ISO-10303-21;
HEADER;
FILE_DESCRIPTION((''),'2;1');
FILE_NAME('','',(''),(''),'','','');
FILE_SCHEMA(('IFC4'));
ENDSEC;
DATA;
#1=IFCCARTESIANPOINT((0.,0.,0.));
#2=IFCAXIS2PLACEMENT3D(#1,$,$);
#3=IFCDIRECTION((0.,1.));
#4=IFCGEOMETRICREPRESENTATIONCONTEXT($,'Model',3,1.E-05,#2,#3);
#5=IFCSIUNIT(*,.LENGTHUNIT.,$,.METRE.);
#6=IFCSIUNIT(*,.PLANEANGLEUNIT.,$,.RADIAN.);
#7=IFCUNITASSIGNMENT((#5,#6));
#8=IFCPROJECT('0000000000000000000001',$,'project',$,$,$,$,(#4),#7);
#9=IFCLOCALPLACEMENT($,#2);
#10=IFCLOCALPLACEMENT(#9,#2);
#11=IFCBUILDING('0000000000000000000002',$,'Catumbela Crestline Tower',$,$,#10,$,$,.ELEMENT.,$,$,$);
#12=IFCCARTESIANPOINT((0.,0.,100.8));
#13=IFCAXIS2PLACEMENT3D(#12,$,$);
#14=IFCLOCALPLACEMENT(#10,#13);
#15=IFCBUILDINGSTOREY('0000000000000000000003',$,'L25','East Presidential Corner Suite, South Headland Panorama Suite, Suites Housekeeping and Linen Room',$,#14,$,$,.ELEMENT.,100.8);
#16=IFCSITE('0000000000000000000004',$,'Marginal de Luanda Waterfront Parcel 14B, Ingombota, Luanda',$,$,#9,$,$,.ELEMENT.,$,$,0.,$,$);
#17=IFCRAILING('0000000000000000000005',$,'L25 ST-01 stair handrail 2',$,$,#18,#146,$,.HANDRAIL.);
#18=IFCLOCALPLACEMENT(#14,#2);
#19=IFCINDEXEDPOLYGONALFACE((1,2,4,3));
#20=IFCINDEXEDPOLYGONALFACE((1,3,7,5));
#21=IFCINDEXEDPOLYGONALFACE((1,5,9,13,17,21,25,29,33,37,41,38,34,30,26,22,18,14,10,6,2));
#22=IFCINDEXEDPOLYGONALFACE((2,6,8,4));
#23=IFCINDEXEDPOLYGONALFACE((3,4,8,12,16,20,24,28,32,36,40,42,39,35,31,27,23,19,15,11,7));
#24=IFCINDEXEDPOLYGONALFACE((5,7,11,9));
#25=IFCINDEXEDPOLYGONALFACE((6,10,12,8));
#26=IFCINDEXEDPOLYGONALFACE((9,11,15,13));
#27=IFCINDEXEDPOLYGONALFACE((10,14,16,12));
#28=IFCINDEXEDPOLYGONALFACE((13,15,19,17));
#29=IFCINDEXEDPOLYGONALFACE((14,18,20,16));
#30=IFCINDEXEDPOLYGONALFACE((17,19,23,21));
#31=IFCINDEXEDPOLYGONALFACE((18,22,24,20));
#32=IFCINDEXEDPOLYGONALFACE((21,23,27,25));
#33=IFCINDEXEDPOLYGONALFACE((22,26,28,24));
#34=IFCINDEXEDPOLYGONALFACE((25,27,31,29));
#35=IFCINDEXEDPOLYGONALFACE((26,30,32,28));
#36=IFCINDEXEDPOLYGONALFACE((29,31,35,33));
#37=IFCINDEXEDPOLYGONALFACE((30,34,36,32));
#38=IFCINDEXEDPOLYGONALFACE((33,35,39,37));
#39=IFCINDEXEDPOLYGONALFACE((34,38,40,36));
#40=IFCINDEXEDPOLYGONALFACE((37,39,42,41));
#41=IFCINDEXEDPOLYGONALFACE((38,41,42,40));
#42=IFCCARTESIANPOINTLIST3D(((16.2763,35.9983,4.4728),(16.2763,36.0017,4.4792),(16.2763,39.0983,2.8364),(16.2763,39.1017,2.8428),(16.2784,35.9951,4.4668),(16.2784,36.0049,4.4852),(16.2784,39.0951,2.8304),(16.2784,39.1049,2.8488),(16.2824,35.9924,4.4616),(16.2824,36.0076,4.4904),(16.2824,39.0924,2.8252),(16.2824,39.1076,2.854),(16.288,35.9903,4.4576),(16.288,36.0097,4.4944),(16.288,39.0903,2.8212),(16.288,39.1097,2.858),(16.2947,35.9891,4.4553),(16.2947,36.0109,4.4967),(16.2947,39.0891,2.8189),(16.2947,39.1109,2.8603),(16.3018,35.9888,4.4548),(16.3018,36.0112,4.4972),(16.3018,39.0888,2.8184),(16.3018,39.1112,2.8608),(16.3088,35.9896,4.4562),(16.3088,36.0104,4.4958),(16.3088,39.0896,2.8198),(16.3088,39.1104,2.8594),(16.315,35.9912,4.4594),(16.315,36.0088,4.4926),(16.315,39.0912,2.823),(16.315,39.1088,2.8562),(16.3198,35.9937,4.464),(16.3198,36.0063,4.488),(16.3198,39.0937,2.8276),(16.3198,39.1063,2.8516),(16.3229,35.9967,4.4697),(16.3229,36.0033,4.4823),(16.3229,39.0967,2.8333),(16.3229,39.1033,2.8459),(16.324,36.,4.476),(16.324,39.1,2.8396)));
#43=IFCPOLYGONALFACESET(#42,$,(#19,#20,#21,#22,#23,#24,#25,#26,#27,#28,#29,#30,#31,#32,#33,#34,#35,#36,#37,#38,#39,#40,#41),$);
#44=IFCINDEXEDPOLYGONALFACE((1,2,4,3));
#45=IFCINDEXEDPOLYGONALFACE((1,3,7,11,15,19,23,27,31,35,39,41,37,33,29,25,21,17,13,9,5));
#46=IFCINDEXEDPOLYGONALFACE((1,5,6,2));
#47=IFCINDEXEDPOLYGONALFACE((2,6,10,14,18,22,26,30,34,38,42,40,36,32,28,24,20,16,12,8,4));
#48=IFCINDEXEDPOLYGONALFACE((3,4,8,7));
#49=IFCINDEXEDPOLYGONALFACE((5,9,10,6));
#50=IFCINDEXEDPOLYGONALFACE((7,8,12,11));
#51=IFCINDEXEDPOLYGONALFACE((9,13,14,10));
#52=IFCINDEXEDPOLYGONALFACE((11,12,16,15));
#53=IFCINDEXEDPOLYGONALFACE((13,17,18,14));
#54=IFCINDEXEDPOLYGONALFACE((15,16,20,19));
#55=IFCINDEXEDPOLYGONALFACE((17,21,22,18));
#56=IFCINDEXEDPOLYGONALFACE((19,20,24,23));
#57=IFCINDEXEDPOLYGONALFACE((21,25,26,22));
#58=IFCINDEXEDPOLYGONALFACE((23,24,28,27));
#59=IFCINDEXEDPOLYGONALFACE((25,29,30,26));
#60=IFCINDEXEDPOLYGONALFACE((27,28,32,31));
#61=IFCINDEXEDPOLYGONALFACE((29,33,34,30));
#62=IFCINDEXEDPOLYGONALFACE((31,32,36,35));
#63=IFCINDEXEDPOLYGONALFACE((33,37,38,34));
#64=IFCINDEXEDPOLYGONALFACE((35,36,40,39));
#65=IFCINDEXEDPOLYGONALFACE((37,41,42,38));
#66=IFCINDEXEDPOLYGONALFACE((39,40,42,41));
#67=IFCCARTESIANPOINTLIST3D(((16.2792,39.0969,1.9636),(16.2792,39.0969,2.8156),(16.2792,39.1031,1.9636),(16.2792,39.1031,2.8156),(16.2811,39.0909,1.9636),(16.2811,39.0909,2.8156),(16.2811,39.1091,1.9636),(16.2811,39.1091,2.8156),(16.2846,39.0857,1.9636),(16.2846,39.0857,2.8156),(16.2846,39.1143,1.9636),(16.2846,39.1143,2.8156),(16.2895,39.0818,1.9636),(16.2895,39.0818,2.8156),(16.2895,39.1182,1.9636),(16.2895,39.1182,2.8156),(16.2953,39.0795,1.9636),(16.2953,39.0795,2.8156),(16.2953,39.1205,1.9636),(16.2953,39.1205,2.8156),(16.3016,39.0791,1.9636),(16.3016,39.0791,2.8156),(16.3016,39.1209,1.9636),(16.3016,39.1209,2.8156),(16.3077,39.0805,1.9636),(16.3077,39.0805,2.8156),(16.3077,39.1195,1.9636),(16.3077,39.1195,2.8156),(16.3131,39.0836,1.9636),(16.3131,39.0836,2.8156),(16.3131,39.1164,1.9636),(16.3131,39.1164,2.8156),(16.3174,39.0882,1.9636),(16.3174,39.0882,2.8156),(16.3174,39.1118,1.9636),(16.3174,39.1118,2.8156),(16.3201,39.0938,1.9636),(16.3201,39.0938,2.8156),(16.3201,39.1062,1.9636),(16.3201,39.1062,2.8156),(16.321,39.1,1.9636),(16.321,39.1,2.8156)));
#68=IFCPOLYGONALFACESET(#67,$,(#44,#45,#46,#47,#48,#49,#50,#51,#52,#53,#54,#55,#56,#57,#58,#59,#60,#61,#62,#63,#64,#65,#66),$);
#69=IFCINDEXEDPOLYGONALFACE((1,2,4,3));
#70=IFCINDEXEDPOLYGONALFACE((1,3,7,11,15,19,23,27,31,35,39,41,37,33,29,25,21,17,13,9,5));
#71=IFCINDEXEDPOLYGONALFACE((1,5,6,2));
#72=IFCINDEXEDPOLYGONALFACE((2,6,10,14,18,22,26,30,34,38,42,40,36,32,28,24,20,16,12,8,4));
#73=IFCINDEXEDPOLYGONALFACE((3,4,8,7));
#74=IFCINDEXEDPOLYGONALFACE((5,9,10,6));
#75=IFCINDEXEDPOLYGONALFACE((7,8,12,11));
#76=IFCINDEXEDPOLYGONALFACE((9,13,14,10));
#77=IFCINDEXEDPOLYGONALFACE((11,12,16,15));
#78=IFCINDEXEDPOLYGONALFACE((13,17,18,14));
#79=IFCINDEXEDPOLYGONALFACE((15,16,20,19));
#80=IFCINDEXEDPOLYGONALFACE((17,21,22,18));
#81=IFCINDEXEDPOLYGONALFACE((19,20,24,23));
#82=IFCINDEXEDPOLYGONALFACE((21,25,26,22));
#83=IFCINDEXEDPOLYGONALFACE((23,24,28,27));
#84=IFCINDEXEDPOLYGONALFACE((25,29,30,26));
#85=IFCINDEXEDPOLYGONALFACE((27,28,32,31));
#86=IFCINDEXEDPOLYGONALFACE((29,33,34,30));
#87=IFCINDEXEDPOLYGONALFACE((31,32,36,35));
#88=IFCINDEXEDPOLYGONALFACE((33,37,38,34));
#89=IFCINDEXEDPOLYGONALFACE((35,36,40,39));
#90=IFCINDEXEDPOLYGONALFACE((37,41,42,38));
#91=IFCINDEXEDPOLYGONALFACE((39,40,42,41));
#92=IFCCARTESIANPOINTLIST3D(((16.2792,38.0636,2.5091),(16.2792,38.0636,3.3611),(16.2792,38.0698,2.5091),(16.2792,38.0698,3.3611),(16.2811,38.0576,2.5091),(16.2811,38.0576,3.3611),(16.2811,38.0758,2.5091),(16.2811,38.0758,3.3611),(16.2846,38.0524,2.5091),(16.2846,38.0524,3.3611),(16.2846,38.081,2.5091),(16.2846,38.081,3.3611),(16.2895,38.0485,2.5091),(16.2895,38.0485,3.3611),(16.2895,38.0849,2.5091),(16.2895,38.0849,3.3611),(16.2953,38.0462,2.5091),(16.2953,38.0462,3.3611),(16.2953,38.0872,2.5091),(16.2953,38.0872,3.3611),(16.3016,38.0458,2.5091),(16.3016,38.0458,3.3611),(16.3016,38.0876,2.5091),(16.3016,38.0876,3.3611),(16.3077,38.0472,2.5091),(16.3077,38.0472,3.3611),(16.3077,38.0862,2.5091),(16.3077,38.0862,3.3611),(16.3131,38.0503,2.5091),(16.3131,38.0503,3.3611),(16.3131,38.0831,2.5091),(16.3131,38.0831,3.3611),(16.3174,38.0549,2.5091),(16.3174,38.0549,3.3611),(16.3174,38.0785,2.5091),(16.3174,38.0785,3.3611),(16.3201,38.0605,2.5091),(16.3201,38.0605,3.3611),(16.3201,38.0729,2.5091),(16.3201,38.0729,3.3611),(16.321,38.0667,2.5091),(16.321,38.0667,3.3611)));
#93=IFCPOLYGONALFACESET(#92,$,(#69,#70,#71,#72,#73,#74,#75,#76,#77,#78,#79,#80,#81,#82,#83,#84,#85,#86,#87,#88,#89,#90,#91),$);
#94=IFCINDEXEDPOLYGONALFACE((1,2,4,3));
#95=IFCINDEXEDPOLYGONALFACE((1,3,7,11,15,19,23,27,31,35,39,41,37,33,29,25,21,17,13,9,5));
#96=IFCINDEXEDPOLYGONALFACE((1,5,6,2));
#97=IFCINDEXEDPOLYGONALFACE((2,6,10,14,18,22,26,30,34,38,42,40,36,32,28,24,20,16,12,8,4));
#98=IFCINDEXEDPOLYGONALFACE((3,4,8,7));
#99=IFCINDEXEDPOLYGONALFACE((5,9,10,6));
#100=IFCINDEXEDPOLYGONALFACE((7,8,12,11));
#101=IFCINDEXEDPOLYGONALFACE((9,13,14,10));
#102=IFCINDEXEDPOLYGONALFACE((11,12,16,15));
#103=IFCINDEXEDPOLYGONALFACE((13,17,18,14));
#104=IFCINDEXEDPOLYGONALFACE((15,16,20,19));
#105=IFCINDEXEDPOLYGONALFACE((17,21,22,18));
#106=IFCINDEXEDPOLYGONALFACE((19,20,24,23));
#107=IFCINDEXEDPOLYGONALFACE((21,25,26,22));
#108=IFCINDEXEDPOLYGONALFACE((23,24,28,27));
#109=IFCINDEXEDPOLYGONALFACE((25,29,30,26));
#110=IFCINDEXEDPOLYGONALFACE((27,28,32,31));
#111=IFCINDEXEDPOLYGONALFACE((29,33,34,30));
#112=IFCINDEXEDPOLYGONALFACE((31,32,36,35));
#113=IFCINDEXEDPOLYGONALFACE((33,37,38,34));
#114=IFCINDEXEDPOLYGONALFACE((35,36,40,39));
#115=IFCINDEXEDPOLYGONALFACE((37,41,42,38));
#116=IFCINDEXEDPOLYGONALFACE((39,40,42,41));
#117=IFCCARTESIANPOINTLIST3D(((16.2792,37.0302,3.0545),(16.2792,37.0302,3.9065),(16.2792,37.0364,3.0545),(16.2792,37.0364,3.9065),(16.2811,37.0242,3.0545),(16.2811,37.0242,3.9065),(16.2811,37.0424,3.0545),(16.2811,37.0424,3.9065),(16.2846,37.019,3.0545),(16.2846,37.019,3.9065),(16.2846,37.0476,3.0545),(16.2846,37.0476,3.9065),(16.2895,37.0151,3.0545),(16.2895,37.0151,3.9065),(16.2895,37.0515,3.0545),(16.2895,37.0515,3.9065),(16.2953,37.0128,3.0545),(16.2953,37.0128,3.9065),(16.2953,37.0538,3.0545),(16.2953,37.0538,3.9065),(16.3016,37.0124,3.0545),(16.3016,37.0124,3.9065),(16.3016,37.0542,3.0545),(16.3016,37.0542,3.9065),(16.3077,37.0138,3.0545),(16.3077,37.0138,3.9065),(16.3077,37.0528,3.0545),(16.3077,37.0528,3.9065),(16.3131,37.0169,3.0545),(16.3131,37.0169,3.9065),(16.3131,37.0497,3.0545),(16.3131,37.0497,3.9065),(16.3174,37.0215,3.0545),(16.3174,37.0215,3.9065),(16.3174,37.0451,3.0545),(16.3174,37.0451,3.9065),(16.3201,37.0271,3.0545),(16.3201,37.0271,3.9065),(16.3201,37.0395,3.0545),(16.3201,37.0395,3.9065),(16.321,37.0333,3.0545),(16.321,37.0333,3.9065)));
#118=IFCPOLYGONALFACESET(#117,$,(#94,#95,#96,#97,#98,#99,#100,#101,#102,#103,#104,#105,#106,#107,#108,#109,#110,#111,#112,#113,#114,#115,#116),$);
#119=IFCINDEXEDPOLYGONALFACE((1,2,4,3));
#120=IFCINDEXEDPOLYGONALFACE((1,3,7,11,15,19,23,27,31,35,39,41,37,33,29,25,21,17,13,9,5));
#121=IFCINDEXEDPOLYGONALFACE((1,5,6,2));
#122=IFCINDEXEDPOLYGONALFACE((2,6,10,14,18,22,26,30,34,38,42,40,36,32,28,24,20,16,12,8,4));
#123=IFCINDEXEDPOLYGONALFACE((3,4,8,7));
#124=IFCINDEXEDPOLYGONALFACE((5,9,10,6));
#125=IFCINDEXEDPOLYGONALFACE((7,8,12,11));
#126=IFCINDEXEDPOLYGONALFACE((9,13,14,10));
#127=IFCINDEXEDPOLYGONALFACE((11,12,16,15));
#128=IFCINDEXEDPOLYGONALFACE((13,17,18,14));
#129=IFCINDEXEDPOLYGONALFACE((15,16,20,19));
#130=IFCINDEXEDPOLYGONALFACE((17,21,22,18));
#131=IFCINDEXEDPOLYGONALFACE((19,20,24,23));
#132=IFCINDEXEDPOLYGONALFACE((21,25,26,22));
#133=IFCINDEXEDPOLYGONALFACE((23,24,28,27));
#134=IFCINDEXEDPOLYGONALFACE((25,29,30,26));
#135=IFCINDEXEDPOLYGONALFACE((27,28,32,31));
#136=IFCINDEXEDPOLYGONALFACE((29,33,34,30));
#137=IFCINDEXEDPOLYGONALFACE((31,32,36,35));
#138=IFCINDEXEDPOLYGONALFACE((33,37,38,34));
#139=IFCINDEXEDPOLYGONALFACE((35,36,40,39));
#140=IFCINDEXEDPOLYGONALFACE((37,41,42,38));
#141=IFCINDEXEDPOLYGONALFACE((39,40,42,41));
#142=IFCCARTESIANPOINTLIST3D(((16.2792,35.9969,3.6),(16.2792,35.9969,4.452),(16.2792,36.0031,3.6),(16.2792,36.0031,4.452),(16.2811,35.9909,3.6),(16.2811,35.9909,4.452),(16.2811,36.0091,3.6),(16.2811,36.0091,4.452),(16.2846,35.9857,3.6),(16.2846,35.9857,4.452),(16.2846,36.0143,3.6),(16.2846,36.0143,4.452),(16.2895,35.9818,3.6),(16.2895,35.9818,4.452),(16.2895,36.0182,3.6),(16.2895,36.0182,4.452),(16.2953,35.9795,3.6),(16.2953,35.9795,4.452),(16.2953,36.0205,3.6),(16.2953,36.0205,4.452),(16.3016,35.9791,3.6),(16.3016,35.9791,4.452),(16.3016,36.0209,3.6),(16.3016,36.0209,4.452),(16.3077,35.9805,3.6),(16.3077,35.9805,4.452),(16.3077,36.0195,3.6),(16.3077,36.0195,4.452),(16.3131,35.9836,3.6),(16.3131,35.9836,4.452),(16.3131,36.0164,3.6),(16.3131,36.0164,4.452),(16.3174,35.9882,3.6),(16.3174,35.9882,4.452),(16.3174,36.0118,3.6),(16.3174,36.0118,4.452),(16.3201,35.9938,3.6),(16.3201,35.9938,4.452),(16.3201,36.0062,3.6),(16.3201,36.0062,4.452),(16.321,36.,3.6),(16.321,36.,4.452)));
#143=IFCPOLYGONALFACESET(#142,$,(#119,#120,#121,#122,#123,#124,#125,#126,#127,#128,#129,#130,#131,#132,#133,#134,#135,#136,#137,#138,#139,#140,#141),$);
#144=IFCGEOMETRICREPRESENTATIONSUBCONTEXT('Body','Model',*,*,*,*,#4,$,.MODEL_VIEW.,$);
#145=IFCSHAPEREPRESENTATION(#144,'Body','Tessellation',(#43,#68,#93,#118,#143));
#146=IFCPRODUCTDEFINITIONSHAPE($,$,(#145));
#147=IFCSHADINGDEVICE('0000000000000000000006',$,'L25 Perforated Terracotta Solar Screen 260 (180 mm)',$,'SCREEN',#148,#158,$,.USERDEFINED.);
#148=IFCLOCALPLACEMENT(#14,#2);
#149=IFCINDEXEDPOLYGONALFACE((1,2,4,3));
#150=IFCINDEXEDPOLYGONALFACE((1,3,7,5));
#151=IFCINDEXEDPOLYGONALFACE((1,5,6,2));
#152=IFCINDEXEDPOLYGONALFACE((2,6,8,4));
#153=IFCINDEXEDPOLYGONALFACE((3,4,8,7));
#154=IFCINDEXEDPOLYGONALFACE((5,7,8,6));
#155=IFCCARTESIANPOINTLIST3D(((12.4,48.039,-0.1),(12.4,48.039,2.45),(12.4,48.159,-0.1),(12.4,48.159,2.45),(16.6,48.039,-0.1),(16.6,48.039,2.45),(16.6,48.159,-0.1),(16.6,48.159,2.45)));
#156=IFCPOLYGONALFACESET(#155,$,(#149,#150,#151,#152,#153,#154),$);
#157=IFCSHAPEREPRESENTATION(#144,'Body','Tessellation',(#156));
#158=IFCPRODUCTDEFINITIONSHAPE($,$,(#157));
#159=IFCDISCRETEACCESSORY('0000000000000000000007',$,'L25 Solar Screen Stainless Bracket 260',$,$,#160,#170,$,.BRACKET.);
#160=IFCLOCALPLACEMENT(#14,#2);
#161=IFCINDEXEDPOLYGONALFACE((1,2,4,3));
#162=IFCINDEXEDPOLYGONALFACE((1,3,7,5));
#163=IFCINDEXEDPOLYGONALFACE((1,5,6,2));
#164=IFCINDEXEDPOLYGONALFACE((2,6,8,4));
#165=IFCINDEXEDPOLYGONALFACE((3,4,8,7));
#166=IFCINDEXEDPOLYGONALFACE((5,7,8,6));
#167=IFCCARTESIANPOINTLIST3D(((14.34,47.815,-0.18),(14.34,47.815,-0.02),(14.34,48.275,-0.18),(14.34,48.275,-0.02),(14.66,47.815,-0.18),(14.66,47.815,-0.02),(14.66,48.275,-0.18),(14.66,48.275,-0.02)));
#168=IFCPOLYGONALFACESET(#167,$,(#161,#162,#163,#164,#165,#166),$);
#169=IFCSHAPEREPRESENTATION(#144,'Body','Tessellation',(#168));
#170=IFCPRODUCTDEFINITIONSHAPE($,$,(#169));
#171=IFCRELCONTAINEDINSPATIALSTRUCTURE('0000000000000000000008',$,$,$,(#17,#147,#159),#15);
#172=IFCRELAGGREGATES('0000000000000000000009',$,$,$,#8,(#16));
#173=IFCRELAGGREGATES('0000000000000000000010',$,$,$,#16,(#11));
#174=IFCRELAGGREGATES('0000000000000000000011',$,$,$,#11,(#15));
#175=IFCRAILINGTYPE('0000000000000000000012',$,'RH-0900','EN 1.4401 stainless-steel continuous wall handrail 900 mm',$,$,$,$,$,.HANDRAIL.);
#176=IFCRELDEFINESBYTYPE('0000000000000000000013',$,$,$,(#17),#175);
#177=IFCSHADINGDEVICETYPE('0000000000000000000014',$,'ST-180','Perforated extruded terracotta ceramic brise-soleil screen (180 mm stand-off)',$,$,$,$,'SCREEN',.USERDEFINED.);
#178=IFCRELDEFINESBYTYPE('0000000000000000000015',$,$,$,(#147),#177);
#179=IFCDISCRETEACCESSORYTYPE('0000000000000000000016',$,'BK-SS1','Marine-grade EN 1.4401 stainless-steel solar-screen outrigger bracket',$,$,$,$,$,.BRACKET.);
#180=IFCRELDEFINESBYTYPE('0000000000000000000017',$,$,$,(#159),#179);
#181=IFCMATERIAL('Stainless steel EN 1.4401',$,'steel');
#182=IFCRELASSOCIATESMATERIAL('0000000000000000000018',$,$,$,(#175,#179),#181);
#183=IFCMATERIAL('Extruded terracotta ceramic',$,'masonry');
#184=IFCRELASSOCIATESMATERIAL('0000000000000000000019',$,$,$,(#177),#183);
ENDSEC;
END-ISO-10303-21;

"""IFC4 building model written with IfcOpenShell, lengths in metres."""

from ifc_helpers import new_model, si_unit, direction, frame, origin, origin_2d, place, context, subcontext, project, spatial, rectangle, circle, extrude, material, type_object, element, save


model = new_model("IFC4")

# Units and contexts
model_context = context("Model", 3, precision=1e-05, world=origin(), true_north=direction((0.0, 1.0)))
body_context = subcontext(model_context, "Body", "Model", "MODEL_VIEW")
ifc_project = project(units=[si_unit("LENGTHUNIT", "METRE"), si_unit("PLANEANGLEUNIT", "RADIAN")], contexts=[model_context])

# Site, building, storey
site_placement = place(None, origin())
site = spatial("IfcSite", under=ifc_project, at=site_placement, Name="Marginal de Luanda Waterfront Parcel 14B, Ingombota, Luanda", CompositionType="ELEMENT", RefElevation=0.0)
building_placement = place(site_placement, origin())
building = spatial("IfcBuilding", under=site, at=building_placement, Name="Catumbela Crestline Tower", CompositionType="ELEMENT")
storey_placement = place(building_placement, frame((0.0, 0.0, 100.8)))
storey = spatial("IfcBuildingStorey", under=building, at=storey_placement, Name="L25", Description="East Presidential Corner Suite, South Headland Panorama Suite, Suites Housekeeping and Linen Room", CompositionType="ELEMENT", Elevation=100.8)

# Railing
ifc_material_1 = material(Name="Stainless steel EN 1.4401", Category="steel")
railing_type_1 = type_object("IfcRailingType", Name="RH-0900", Description="EN 1.4401 stainless-steel continuous wall handrail 900 mm", PredefinedType="HANDRAIL", material=ifc_material_1)
railing_1_placement = place(storey_placement, frame((16.3, 39.1, 1.9636)))
element("IfcRailing", 1, at=railing_1_placement, inside=storey, type_object=railing_type_1, Name="L25 ST-01 stair handrail 2", PredefinedType="HANDRAIL", context=body_context, shape_type="SweptSolid", body=[
    extrude(circle(Radius=0.024, at=origin_2d()), frame((0.0, 0.0, 0.876), z_axis=(0.0, -0.884351, 0.466823), x_axis=(1.0, 0.0, 0.0)), (0.0, 0.0, 1.0), 3.5054),
    extrude(circle(Radius=0.021, at=origin_2d()), origin(), (0.0, 0.0, 1.0), 0.852),
    extrude(circle(Radius=0.021, at=origin_2d()), frame((0.0, -1.0333, 0.5455)), (0.0, 0.0, 1.0), 0.852),
    extrude(circle(Radius=0.021, at=origin_2d()), frame((0.0, -2.0667, 1.0909)), (0.0, 0.0, 1.0), 0.852),
    extrude(circle(Radius=0.021, at=origin_2d()), frame((0.0, -3.1, 1.6364)), (0.0, 0.0, 1.0), 0.852),
])

# Shading device
ifc_material_2 = material(Name="Extruded terracotta ceramic", Category="masonry")
shading_device_type = type_object("IfcShadingDeviceType", Name="ST-180", Description="Perforated extruded terracotta ceramic brise-soleil screen (180 mm stand-off)", ElementType="SCREEN", PredefinedType="USERDEFINED", material=ifc_material_2)
shading_device_placement = place(storey_placement, frame((14.5, 48.099, -0.1), z_axis=(0.0, 0.0, 1.0), x_axis=(-1.0, 0.0, 0.0)))
element("IfcShadingDevice", 2, at=shading_device_placement, inside=storey, type_object=shading_device_type, Name="L25 Perforated Terracotta Solar Screen 260 (180 mm)", ObjectType="SCREEN", PredefinedType="USERDEFINED", context=body_context, shape_type="SweptSolid", body=[
    extrude(rectangle(XDim=4.2, YDim=0.12, at=origin_2d()), origin(), (0.0, 0.0, 1.0), 2.55),
])

# Discrete accessory
discrete_accessory_type = type_object("IfcDiscreteAccessoryType", Name="BK-SS1", Description="Marine-grade EN 1.4401 stainless-steel solar-screen outrigger bracket", PredefinedType="BRACKET", material=ifc_material_1)
discrete_accessory_placement = place(storey_placement, frame((14.5, 48.045, -0.18), z_axis=(0.0, 0.0, 1.0), x_axis=(-1.0, 0.0, 0.0)))
element("IfcDiscreteAccessory", 3, at=discrete_accessory_placement, inside=storey, type_object=discrete_accessory_type, Name="L25 Solar Screen Stainless Bracket 260", PredefinedType="BRACKET", context=body_context, shape_type="SweptSolid", body=[
    extrude(rectangle(XDim=0.32, YDim=0.46, at=origin_2d()), origin(), (0.0, 0.0, 1.0), 0.16),
])

save(model, "model.ifc")
